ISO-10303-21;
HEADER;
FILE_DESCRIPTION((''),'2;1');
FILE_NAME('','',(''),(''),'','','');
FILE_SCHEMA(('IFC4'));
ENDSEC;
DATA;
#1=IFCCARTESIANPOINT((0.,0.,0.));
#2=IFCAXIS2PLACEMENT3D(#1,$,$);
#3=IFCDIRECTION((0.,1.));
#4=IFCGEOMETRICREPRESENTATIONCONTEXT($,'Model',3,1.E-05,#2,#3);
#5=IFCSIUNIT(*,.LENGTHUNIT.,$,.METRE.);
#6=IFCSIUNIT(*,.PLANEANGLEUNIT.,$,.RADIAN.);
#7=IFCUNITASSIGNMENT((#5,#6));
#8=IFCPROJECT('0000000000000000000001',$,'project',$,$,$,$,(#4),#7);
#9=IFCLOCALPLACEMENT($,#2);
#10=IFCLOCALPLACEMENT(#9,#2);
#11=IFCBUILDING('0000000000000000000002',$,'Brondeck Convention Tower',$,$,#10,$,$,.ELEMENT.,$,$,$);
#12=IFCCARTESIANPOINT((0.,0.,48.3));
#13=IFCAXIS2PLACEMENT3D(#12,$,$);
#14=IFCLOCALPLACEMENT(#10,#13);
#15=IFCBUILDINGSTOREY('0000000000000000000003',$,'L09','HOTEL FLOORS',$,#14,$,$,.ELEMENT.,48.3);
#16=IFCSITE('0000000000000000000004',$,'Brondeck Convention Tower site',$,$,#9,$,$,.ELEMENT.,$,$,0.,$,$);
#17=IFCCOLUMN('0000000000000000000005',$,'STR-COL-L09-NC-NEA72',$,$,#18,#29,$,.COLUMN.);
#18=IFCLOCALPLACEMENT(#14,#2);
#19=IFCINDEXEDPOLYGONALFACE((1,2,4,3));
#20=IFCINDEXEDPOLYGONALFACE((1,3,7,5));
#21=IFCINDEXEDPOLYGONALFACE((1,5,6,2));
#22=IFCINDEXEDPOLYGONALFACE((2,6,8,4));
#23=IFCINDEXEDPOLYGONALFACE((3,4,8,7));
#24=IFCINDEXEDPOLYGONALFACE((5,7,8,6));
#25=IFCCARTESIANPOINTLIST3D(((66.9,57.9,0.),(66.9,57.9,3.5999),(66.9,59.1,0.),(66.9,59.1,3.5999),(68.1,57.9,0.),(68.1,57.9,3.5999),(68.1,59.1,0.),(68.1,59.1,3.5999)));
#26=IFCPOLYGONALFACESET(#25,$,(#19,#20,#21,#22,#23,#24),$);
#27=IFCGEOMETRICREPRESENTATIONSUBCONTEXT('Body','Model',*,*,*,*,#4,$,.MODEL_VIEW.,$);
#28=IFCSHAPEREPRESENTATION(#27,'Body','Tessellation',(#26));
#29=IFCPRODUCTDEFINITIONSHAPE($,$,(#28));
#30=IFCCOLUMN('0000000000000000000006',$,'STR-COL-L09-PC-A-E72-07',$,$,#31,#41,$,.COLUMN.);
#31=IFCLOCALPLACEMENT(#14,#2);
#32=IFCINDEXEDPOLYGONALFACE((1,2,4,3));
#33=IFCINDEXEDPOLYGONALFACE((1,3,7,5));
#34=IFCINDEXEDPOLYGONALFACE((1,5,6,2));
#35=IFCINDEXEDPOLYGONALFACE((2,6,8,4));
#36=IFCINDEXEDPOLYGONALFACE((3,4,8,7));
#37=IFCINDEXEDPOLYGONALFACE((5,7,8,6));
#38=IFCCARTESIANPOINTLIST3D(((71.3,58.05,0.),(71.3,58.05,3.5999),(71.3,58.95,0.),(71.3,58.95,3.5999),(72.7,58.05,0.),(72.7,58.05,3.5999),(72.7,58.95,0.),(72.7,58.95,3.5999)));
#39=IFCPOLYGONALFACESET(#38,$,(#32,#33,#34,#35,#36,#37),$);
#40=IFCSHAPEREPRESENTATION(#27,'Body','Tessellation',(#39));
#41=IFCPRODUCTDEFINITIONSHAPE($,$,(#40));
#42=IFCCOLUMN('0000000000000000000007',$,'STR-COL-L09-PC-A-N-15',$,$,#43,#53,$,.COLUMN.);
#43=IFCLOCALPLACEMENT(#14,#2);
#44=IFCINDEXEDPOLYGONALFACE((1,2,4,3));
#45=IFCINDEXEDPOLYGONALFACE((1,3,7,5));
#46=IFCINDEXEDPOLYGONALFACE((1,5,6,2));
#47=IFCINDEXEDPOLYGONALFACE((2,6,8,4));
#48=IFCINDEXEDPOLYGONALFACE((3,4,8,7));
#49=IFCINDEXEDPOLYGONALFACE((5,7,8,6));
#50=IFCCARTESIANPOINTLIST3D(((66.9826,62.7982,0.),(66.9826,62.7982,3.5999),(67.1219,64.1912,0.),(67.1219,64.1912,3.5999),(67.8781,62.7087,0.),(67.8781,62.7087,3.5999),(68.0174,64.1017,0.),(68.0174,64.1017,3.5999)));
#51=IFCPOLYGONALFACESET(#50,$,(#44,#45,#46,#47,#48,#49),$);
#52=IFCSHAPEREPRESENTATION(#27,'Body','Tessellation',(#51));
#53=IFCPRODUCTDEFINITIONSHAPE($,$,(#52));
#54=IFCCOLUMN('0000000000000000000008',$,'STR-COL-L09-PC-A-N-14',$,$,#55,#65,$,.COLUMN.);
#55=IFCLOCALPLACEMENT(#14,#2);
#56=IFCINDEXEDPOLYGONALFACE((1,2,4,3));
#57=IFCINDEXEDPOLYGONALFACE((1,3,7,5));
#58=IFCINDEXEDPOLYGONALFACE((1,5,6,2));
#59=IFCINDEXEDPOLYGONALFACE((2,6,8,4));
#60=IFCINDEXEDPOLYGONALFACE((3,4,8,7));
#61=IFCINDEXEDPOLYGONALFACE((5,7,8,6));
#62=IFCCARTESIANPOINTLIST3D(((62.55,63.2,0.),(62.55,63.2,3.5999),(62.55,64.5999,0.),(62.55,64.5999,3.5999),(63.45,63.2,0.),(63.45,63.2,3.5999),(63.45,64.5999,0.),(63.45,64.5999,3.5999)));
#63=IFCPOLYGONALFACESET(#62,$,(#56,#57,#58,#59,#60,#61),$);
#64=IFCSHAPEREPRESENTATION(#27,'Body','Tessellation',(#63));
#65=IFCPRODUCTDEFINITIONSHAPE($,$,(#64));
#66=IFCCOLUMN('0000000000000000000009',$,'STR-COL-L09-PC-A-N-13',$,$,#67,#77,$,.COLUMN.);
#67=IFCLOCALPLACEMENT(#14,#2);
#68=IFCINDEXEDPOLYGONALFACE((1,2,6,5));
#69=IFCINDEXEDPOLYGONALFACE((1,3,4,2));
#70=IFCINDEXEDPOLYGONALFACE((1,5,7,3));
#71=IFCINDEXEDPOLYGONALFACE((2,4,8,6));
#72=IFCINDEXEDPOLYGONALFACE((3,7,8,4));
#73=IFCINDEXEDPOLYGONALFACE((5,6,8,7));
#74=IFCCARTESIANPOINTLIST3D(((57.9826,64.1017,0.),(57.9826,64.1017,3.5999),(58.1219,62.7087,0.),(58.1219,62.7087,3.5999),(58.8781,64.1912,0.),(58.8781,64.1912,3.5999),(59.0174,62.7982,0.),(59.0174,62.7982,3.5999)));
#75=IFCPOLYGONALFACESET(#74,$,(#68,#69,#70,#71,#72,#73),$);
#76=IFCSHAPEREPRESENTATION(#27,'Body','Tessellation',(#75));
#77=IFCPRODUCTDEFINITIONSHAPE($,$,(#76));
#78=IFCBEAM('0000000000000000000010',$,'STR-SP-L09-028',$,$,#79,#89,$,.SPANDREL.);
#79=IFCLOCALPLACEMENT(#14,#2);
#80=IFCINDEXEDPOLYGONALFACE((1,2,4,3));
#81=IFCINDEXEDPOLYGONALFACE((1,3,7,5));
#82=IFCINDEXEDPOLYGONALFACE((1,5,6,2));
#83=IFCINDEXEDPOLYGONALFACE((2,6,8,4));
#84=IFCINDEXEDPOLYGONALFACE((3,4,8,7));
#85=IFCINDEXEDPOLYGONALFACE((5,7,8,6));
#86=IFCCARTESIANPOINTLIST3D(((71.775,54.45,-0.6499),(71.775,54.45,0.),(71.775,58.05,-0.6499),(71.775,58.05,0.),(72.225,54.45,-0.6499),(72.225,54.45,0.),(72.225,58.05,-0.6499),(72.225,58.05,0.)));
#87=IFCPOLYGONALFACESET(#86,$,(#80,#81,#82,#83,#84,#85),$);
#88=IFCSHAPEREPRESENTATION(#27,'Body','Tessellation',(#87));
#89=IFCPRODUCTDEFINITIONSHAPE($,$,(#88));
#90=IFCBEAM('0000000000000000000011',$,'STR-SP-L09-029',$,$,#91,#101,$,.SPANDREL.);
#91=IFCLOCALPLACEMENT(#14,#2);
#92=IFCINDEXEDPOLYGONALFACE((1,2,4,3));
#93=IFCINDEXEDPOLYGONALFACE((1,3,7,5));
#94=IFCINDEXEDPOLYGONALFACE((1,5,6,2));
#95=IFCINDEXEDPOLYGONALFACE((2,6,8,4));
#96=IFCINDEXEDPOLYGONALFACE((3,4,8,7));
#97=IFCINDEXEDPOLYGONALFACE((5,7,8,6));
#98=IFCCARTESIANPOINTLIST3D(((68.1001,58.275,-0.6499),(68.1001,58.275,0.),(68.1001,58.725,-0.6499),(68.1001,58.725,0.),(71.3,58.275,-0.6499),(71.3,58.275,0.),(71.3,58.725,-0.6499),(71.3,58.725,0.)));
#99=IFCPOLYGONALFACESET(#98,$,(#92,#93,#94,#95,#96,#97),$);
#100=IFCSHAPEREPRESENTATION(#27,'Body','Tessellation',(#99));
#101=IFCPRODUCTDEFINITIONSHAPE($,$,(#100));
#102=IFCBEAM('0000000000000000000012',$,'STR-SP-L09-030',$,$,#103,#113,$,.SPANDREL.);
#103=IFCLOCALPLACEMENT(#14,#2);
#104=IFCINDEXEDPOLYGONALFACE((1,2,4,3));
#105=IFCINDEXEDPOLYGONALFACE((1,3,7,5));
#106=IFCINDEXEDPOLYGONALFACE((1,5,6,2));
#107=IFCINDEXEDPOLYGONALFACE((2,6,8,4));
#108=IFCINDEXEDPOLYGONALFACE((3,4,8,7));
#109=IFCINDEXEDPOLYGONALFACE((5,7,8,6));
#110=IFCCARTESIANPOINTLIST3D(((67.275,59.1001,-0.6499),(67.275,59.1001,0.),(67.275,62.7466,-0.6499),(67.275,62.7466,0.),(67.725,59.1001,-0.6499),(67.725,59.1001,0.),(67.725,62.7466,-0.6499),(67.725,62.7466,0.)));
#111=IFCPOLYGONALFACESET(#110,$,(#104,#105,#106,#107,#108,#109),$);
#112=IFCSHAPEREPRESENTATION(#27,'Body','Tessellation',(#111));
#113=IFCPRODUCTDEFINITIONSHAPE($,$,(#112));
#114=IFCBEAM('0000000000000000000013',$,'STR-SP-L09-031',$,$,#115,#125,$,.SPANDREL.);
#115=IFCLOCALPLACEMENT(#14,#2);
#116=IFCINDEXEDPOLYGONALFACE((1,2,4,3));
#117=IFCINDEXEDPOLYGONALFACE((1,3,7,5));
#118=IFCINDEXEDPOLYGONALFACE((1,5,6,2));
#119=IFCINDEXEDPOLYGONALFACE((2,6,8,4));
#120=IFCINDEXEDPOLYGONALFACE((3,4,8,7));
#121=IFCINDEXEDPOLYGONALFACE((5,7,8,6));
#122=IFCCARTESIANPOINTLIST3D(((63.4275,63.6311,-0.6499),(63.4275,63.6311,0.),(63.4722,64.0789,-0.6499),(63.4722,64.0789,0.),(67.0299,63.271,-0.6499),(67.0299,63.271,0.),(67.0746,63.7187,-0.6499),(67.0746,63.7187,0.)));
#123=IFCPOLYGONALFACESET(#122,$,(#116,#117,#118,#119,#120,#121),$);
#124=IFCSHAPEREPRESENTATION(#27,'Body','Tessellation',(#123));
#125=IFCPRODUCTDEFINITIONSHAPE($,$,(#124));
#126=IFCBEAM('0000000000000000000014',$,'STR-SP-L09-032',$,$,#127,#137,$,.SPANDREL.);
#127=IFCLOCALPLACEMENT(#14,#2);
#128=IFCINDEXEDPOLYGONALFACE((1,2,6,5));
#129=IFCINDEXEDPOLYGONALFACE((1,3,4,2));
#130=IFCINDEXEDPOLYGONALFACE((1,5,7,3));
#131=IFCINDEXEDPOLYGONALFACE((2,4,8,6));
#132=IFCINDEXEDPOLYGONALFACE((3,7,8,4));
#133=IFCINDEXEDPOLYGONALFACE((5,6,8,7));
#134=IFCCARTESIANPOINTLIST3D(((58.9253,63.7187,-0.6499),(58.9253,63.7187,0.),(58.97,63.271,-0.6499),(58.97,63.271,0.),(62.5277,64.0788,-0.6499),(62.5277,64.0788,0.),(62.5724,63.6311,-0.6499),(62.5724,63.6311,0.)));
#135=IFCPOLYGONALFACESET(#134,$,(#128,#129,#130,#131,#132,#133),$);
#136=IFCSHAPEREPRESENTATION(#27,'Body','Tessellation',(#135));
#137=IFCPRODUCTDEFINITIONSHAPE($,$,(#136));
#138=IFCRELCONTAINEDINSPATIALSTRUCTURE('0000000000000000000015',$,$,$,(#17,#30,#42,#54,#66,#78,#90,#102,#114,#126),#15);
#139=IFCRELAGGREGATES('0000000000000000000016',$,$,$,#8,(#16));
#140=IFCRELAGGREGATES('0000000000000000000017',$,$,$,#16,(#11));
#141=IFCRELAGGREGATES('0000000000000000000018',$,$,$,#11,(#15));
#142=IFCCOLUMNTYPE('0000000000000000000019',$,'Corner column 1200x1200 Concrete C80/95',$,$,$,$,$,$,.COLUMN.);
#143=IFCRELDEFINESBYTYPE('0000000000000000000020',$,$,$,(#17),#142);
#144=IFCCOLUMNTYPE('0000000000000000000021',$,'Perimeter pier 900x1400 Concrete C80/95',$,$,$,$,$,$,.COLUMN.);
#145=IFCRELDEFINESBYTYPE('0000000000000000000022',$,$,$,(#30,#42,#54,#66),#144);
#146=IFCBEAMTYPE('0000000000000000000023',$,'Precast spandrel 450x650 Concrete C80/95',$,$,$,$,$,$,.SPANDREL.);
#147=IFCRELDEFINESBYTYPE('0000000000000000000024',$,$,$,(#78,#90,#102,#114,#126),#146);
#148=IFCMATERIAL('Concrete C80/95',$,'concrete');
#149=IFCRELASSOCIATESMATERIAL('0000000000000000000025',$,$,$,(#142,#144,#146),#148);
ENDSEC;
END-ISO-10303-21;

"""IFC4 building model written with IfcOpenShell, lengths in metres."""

from ifc_helpers import new_model, si_unit, direction, frame, origin, origin_2d, place, context, subcontext, project, spatial, rectangle, extrude, material, material_profile, profile_set, type_object, element, save


model = new_model("IFC4")

# Units and contexts
model_context = context("Model", 3, precision=1e-05, world=origin(), true_north=direction((0.0, 1.0)))
body_context = subcontext(model_context, "Body", "Model", "MODEL_VIEW")
ifc_project = project(units=[si_unit("LENGTHUNIT", "METRE"), si_unit("PLANEANGLEUNIT", "RADIAN")], contexts=[model_context])

# Site, building, storey
site_placement = place(None, origin())
site = spatial("IfcSite", under=ifc_project, at=site_placement, Name="Brondeck Convention Tower site", CompositionType="ELEMENT", RefElevation=0.0)
building_placement = place(site_placement, origin())
building = spatial("IfcBuilding", under=site, at=building_placement, Name="Brondeck Convention Tower", CompositionType="ELEMENT")
storey_placement = place(building_placement, frame((0.0, 0.0, 48.3)))
storey = spatial("IfcBuildingStorey", under=building, at=storey_placement, Name="L09", Description="HOTEL FLOORS", CompositionType="ELEMENT", Elevation=48.3)

# Columns
ifc_material_1 = material(Name="Concrete C80/95", Category="concrete")
ifc_material_profile_1 = material_profile(ifc_material_1, rectangle(XDim=1.2, YDim=1.2, at=origin_2d()), Name="Corner column 1200x1200 Concrete C80/95")
ifc_profile_set_1 = profile_set([ifc_material_profile_1], Name="Concrete C80/95")
column_type_1 = type_object("IfcColumnType", Name="Corner column 1200x1200 Concrete C80/95", PredefinedType="COLUMN", material=ifc_profile_set_1)
column_placement = place(storey_placement, frame((67.5, 58.5, 0.0), z_axis=(0.0, 0.0, 1.0), x_axis=(1.0, 0.0, 0.0)))
element("IfcColumn", 1, at=column_placement, inside=storey, type_object=column_type_1, Name="STR-COL-L09-NC-NEA72", PredefinedType="COLUMN", context=body_context, shape_type="SweptSolid", body=[
    extrude(rectangle(XDim=1.2, YDim=1.2, at=origin_2d()), origin(), (0.0, 0.0, 1.0), 3.5999),
])
ifc_material_profile_2 = material_profile(ifc_material_1, rectangle(XDim=0.8999, YDim=1.3999, at=origin_2d()), Name="Perimeter pier 900x1400 Concrete C80/95")
ifc_profile_set_2 = profile_set([ifc_material_profile_2], Name="Concrete C80/95")
column_type_2 = type_object("IfcColumnType", Name="Perimeter pier 900x1400 Concrete C80/95", PredefinedType="COLUMN", material=ifc_profile_set_2)
for number, where, z_axis, x_axis, name in (
    (2, (72.0, 58.5, 0.0), (0.0, 0.0, 1.0), (0.0, 1.0, 0.0), "STR-COL-L09-PC-A-E72-07"),
    (3, (67.5, 63.45, 0.0), (0.0, 0.0, 1.0), (-0.995037, 0.099504, 0.0), "STR-COL-L09-PC-A-N-15"),
    (4, (63.0, 63.8999, 0.0), (0.0, 0.0, 1.0), (-1.0, 0.0, 0.0), "STR-COL-L09-PC-A-N-14"),
    (5, (58.5, 63.45, 0.0), (0.0, 0.0, 1.0), (-0.995037, -0.099504, 0.0), "STR-COL-L09-PC-A-N-13"),
):
    element("IfcColumn", number, at=place(storey_placement, frame(where, z_axis=z_axis, x_axis=x_axis)), inside=storey, type_object=column_type_2, Name=name, PredefinedType="COLUMN", context=body_context, shape_type="SweptSolid", body=[
        extrude(rectangle(XDim=0.8999, YDim=1.3999, at=origin_2d()), origin(), (0.0, 0.0, 1.0), 3.5999),
    ])

# Beams
ifc_material_profile_3 = material_profile(ifc_material_1, rectangle(XDim=0.45, YDim=0.6499, at=origin_2d()), Name="Precast spandrel 450x650 Concrete C80/95")
ifc_profile_set_3 = profile_set([ifc_material_profile_3], Name="Concrete C80/95")
beam_type = type_object("IfcBeamType", Name="Precast spandrel 450x650 Concrete C80/95", PredefinedType="SPANDREL", material=ifc_profile_set_3)
beam_1_placement = place(storey_placement, frame((72.0, 54.45, -0.325), z_axis=(0.0, 1.0, 0.0), x_axis=(-1.0, 0.0, 0.0)))
element("IfcBeam", 6, at=beam_1_placement, inside=storey, type_object=beam_type, Name="STR-SP-L09-028", PredefinedType="SPANDREL", context=body_context, shape_type="SweptSolid", body=[
    extrude(rectangle(XDim=0.45, YDim=0.6499, at=origin_2d()), origin(), (0.0, 0.0, 1.0), 3.6001),
])
beam_2_placement = place(storey_placement, frame((71.3, 58.5, -0.325), z_axis=(-1.0, 0.0, 0.0), x_axis=(0.0, -1.0, 0.0)))
element("IfcBeam", 7, at=beam_2_placement, inside=storey, type_object=beam_type, Name="STR-SP-L09-029", PredefinedType="SPANDREL", context=body_context, shape_type="SweptSolid", body=[
    extrude(rectangle(XDim=0.45, YDim=0.6499, at=origin_2d()), origin(), (0.0, 0.0, 1.0), 3.2),
])
beam_3_placement = place(storey_placement, frame((67.5, 59.1001, -0.325), z_axis=(0.0, 1.0, 0.0), x_axis=(-1.0, 0.0, 0.0)))
element("IfcBeam", 8, at=beam_3_placement, inside=storey, type_object=beam_type, Name="STR-SP-L09-030", PredefinedType="SPANDREL", context=body_context, shape_type="SweptSolid", body=[
    extrude(rectangle(XDim=0.45, YDim=0.6499, at=origin_2d()), origin(), (0.0, 0.0, 1.0), 3.6465),
])
for number, where, z_axis, x_axis, name in (
    (9, (67.0522, 63.4949, -0.325), (-0.995041, 0.09947, 0.0), (-0.09947, -0.995041, 0.0), "STR-SP-L09-031"),
    (10, (62.55, 63.855, -0.325), (-0.995041, -0.09947, 0.0), (0.09947, -0.995041, 0.0), "STR-SP-L09-032"),
):
    element("IfcBeam", number, at=place(storey_placement, frame(where, z_axis=z_axis, x_axis=x_axis)), inside=storey, type_object=beam_type, Name=name, PredefinedType="SPANDREL", context=body_context, shape_type="SweptSolid", body=[
        extrude(rectangle(XDim=0.45, YDim=0.6499, at=origin_2d()), origin(), (0.0, 0.0, 1.0), 3.6204),
    ])

save(model, "model.ifc")
